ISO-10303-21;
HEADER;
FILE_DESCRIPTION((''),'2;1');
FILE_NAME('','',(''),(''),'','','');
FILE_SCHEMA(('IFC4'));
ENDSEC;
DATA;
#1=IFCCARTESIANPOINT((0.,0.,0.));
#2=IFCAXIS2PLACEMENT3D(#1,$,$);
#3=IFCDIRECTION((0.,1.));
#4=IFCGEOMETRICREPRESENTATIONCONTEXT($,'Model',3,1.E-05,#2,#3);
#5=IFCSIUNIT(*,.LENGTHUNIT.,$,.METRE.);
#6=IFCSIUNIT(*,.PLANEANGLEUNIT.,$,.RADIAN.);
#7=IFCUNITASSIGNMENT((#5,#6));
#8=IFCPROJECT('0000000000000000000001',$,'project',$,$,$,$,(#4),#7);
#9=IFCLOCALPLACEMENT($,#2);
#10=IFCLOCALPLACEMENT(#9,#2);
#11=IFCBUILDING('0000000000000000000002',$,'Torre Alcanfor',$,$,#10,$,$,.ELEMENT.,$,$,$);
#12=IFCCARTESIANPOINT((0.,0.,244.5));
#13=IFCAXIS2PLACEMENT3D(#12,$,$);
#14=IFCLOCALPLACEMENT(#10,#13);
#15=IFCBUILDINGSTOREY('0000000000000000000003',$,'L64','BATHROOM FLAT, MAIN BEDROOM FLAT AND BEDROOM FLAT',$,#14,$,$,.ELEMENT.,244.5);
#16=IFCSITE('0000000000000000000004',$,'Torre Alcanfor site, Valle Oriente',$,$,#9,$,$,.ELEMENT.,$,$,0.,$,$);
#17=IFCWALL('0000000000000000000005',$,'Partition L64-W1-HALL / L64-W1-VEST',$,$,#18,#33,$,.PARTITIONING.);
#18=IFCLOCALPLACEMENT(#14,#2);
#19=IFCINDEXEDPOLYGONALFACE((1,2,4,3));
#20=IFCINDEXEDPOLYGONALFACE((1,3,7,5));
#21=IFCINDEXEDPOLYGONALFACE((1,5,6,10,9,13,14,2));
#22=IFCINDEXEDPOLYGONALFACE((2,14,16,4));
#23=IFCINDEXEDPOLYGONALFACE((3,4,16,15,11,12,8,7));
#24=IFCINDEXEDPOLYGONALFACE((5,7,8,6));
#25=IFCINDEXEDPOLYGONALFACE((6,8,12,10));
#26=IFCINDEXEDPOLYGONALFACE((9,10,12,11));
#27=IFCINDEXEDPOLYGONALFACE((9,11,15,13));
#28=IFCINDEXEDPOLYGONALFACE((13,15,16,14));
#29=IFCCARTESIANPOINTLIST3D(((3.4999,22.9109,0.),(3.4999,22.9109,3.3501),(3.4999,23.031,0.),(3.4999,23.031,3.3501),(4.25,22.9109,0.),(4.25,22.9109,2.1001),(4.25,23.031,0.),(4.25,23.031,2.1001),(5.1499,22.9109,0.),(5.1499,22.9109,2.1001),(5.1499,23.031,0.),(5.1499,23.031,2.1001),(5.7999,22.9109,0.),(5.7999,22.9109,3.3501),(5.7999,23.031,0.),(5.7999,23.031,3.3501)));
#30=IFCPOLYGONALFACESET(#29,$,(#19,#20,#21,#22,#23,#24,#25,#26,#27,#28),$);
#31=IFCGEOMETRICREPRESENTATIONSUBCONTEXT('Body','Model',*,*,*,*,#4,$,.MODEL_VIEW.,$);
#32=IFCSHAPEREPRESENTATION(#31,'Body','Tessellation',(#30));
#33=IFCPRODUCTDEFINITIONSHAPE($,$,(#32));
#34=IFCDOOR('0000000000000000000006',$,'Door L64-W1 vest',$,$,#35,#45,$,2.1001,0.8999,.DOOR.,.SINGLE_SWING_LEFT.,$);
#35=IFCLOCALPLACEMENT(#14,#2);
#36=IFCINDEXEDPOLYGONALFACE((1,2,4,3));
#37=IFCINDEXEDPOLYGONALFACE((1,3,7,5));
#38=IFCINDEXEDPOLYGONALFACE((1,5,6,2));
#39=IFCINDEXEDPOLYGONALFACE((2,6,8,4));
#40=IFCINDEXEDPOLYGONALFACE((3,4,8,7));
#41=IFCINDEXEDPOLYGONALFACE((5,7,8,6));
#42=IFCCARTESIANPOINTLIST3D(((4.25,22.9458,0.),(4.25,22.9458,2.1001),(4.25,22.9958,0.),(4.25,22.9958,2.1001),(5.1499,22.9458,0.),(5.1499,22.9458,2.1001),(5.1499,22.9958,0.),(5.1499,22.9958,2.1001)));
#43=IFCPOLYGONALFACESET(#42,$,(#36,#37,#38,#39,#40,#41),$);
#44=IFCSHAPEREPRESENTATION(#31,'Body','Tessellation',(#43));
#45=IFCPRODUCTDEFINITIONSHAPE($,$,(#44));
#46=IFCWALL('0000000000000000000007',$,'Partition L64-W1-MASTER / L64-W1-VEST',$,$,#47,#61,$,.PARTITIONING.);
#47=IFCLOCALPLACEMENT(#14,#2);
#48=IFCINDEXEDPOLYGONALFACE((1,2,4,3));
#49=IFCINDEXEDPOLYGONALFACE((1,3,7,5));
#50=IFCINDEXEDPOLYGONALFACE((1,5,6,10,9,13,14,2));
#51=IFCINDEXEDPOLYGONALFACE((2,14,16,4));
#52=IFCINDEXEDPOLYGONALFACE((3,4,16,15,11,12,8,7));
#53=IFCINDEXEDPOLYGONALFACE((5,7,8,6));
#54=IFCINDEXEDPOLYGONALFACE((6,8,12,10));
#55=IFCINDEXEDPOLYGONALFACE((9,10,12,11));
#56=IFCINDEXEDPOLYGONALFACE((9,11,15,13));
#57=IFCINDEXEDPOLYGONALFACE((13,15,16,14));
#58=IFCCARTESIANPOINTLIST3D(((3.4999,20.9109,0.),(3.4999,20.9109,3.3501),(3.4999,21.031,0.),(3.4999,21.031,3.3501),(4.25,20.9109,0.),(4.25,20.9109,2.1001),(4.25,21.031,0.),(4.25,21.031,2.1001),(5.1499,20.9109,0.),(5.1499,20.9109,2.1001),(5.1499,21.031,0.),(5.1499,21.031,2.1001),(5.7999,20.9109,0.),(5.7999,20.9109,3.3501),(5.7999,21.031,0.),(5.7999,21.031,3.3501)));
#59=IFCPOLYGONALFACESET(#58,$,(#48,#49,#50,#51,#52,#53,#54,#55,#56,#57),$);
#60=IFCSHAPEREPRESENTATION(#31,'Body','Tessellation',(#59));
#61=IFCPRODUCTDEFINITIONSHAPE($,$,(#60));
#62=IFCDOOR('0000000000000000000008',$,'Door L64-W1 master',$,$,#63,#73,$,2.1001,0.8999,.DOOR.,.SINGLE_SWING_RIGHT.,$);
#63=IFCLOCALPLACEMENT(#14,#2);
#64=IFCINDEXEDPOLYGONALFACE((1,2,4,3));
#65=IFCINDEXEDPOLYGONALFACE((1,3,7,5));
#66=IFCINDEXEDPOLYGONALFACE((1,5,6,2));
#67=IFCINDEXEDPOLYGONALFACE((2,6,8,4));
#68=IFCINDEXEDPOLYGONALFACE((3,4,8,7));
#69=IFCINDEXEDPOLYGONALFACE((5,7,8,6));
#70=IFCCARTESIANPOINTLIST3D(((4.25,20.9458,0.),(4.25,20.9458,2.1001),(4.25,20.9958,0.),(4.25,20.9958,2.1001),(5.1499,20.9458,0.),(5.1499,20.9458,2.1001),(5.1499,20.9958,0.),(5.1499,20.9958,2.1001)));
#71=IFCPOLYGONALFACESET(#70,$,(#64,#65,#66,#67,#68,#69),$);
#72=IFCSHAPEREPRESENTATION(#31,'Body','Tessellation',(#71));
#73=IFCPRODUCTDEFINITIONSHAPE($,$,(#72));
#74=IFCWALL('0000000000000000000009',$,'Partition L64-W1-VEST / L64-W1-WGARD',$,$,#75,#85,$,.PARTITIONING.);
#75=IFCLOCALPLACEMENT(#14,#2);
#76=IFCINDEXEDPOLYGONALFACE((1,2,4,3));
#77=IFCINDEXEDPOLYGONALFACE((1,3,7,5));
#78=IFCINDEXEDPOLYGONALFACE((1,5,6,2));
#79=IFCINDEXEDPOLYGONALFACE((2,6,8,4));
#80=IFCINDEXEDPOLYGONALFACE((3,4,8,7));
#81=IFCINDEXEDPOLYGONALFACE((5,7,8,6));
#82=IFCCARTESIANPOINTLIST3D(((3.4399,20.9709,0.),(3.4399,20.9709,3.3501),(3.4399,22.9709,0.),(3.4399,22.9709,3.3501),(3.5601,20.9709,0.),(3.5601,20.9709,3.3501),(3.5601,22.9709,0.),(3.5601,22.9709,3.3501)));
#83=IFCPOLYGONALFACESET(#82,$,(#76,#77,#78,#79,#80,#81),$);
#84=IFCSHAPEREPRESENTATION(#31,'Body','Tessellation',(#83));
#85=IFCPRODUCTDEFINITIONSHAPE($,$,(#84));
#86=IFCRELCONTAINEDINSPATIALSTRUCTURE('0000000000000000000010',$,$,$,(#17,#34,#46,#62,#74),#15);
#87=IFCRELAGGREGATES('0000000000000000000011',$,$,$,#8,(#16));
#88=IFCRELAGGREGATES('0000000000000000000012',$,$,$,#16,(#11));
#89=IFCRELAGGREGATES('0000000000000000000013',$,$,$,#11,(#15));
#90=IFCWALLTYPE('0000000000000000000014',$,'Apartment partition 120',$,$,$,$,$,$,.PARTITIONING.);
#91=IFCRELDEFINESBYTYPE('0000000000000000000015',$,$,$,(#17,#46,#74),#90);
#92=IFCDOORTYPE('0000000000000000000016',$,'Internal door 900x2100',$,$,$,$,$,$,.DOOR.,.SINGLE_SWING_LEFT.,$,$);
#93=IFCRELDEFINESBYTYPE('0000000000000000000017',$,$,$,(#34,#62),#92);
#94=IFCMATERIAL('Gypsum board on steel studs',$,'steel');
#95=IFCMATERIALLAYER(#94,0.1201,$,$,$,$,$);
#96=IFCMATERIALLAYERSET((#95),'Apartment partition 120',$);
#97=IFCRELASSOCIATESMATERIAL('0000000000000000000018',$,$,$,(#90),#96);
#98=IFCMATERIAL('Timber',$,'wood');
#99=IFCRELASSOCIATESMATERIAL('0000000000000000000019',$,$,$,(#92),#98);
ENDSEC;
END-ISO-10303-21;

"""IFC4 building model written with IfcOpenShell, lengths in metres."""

from ifc_helpers import new_model, si_unit, direction, frame, frame_2d, origin, place, context, subcontext, project, spatial, rectangle, extrude, material, layer, layer_set, type_object, element, fill, save


model = new_model("IFC4")

# Units and contexts
model_context = context("Model", 3, precision=1e-05, world=origin(), true_north=direction((0.0, 1.0)))
body_context = subcontext(model_context, "Body", "Model", "MODEL_VIEW")
ifc_project = project(units=[si_unit("LENGTHUNIT", "METRE"), si_unit("PLANEANGLEUNIT", "RADIAN")], contexts=[model_context])

# Site, building, storey
site_placement = place(None, origin())
site = spatial("IfcSite", under=ifc_project, at=site_placement, Name="Torre Alcanfor site, Valle Oriente", CompositionType="ELEMENT", RefElevation=0.0)
building_placement = place(site_placement, origin())
building = spatial("IfcBuilding", under=site, at=building_placement, Name="Torre Alcanfor", CompositionType="ELEMENT")
storey_placement = place(building_placement, frame((0.0, 0.0, 244.5)))
storey = spatial("IfcBuildingStorey", under=building, at=storey_placement, Name="L64", Description="BATHROOM FLAT, MAIN BEDROOM FLAT AND BEDROOM FLAT", CompositionType="ELEMENT", Elevation=244.5)

# Shared definitions
ifc_material_1 = material(Name="Gypsum board on steel studs", Category="steel")
ifc_layer_1 = layer(ifc_material_1, 0.1201)
ifc_layer_set_1 = layer_set([ifc_layer_1], Name="Apartment partition 120")
wall_type = type_object("IfcWallType", Name="Apartment partition 120", PredefinedType="PARTITIONING", material=ifc_layer_set_1)
ifc_material_2 = material(Name="Timber", Category="wood")
door_type = type_object("IfcDoorType", Name="Internal door 900x2100", OperationType="SINGLE_SWING_LEFT", PredefinedType="DOOR", material=ifc_material_2)

# Walls, openings, doors
wall_1_placement = place(storey_placement, frame((3.5, 22.9709, 0.0), z_axis=(0.0, 0.0, 1.0), x_axis=(1.0, 0.0, 0.0)))
wall_1 = element("IfcWall", 1, at=wall_1_placement, inside=storey, type_object=wall_type, Name="Partition L64-W1-HALL / L64-W1-VEST", PredefinedType="PARTITIONING", context=body_context, shape_type="SweptSolid", body=[
    extrude(rectangle(XDim=2.3, YDim=0.1201, at=frame_2d((1.1499, 0.0))), origin(), (0.0, 0.0, 1.0), 3.3501),
])
opening_1_placement = place(wall_1_placement, frame((0.75, 0.0, 0.0)))
opening_1 = element("IfcOpeningElement", 2, at=opening_1_placement, cuts=wall_1, PredefinedType="OPENING", context=body_context, shape_type="SweptSolid", body=[
    extrude(rectangle(XDim=0.8999, YDim=2.1001, at=frame_2d((0.45, 1.05))), frame((0.0, 0.0701, 0.0), z_axis=(0.0, -1.0, 0.0), x_axis=(1.0, 0.0, 0.0)), (0.0, 0.0, 1.0), 0.1401),
])
door_1_placement = place(opening_1_placement, frame((0.8999, 0.0, 0.0), z_axis=(0.0, 0.0, 1.0), x_axis=(-1.0, 0.0, 0.0)))
door_1 = element("IfcDoor", 3, at=door_1_placement, inside=storey, type_object=door_type, Name="Door L64-W1 vest", OperationType="SINGLE_SWING_LEFT", OverallHeight=2.1001, OverallWidth=0.8999, PredefinedType="DOOR", context=body_context, shape_type="SweptSolid", body=[
    extrude(rectangle(XDim=0.8999, YDim=2.1001, at=frame_2d((0.45, 1.05))), frame((0.0, 0.0251, 0.0), z_axis=(0.0, -1.0, 0.0), x_axis=(1.0, 0.0, 0.0)), (0.0, 0.0, 1.0), 0.05),
])
fill(opening_1, door_1)
wall_2_placement = place(storey_placement, frame((3.5, 20.9709, 0.0), z_axis=(0.0, 0.0, 1.0), x_axis=(1.0, 0.0, 0.0)))
wall_2 = element("IfcWall", 4, at=wall_2_placement, inside=storey, type_object=wall_type, Name="Partition L64-W1-MASTER / L64-W1-VEST", PredefinedType="PARTITIONING", context=body_context, shape_type="SweptSolid", body=[
    extrude(rectangle(XDim=2.3, YDim=0.1201, at=frame_2d((1.1499, 0.0))), origin(), (0.0, 0.0, 1.0), 3.3501),
])
opening_2_placement = place(wall_2_placement, frame((0.75, 0.0, 0.0)))
opening_2 = element("IfcOpeningElement", 5, at=opening_2_placement, cuts=wall_2, PredefinedType="OPENING", context=body_context, shape_type="SweptSolid", body=[
    extrude(rectangle(XDim=0.8999, YDim=2.1001, at=frame_2d((0.45, 1.05))), frame((0.0, 0.0701, 0.0), z_axis=(0.0, -1.0, 0.0), x_axis=(1.0, 0.0, 0.0)), (0.0, 0.0, 1.0), 0.1401),
])
door_2_placement = place(opening_2_placement, origin())
door_2 = element("IfcDoor", 6, at=door_2_placement, inside=storey, type_object=door_type, Name="Door L64-W1 master", OperationType="SINGLE_SWING_RIGHT", OverallHeight=2.1001, OverallWidth=0.8999, PredefinedType="DOOR", context=body_context, shape_type="SweptSolid", body=[
    extrude(rectangle(XDim=0.8999, YDim=2.1001, at=frame_2d((0.45, 1.05))), frame((0.0, 0.0249, 0.0), z_axis=(0.0, -1.0, 0.0), x_axis=(1.0, 0.0, 0.0)), (0.0, 0.0, 1.0), 0.05),
])
fill(opening_2, door_2)

# Wall
wall_3_placement = place(storey_placement, frame((3.5, 22.9709, 0.0), z_axis=(0.0, 0.0, 1.0), x_axis=(0.0, -1.0, 0.0)))
element("IfcWall", 7, at=wall_3_placement, inside=storey, type_object=wall_type, Name="Partition L64-W1-VEST / L64-W1-WGARD", PredefinedType="PARTITIONING", context=body_context, shape_type="SweptSolid", body=[
    extrude(rectangle(XDim=2.0, YDim=0.1201, at=frame_2d((1.0, 0.0))), origin(), (0.0, 0.0, 1.0), 3.3501),
])

save(model, "model.ifc")
